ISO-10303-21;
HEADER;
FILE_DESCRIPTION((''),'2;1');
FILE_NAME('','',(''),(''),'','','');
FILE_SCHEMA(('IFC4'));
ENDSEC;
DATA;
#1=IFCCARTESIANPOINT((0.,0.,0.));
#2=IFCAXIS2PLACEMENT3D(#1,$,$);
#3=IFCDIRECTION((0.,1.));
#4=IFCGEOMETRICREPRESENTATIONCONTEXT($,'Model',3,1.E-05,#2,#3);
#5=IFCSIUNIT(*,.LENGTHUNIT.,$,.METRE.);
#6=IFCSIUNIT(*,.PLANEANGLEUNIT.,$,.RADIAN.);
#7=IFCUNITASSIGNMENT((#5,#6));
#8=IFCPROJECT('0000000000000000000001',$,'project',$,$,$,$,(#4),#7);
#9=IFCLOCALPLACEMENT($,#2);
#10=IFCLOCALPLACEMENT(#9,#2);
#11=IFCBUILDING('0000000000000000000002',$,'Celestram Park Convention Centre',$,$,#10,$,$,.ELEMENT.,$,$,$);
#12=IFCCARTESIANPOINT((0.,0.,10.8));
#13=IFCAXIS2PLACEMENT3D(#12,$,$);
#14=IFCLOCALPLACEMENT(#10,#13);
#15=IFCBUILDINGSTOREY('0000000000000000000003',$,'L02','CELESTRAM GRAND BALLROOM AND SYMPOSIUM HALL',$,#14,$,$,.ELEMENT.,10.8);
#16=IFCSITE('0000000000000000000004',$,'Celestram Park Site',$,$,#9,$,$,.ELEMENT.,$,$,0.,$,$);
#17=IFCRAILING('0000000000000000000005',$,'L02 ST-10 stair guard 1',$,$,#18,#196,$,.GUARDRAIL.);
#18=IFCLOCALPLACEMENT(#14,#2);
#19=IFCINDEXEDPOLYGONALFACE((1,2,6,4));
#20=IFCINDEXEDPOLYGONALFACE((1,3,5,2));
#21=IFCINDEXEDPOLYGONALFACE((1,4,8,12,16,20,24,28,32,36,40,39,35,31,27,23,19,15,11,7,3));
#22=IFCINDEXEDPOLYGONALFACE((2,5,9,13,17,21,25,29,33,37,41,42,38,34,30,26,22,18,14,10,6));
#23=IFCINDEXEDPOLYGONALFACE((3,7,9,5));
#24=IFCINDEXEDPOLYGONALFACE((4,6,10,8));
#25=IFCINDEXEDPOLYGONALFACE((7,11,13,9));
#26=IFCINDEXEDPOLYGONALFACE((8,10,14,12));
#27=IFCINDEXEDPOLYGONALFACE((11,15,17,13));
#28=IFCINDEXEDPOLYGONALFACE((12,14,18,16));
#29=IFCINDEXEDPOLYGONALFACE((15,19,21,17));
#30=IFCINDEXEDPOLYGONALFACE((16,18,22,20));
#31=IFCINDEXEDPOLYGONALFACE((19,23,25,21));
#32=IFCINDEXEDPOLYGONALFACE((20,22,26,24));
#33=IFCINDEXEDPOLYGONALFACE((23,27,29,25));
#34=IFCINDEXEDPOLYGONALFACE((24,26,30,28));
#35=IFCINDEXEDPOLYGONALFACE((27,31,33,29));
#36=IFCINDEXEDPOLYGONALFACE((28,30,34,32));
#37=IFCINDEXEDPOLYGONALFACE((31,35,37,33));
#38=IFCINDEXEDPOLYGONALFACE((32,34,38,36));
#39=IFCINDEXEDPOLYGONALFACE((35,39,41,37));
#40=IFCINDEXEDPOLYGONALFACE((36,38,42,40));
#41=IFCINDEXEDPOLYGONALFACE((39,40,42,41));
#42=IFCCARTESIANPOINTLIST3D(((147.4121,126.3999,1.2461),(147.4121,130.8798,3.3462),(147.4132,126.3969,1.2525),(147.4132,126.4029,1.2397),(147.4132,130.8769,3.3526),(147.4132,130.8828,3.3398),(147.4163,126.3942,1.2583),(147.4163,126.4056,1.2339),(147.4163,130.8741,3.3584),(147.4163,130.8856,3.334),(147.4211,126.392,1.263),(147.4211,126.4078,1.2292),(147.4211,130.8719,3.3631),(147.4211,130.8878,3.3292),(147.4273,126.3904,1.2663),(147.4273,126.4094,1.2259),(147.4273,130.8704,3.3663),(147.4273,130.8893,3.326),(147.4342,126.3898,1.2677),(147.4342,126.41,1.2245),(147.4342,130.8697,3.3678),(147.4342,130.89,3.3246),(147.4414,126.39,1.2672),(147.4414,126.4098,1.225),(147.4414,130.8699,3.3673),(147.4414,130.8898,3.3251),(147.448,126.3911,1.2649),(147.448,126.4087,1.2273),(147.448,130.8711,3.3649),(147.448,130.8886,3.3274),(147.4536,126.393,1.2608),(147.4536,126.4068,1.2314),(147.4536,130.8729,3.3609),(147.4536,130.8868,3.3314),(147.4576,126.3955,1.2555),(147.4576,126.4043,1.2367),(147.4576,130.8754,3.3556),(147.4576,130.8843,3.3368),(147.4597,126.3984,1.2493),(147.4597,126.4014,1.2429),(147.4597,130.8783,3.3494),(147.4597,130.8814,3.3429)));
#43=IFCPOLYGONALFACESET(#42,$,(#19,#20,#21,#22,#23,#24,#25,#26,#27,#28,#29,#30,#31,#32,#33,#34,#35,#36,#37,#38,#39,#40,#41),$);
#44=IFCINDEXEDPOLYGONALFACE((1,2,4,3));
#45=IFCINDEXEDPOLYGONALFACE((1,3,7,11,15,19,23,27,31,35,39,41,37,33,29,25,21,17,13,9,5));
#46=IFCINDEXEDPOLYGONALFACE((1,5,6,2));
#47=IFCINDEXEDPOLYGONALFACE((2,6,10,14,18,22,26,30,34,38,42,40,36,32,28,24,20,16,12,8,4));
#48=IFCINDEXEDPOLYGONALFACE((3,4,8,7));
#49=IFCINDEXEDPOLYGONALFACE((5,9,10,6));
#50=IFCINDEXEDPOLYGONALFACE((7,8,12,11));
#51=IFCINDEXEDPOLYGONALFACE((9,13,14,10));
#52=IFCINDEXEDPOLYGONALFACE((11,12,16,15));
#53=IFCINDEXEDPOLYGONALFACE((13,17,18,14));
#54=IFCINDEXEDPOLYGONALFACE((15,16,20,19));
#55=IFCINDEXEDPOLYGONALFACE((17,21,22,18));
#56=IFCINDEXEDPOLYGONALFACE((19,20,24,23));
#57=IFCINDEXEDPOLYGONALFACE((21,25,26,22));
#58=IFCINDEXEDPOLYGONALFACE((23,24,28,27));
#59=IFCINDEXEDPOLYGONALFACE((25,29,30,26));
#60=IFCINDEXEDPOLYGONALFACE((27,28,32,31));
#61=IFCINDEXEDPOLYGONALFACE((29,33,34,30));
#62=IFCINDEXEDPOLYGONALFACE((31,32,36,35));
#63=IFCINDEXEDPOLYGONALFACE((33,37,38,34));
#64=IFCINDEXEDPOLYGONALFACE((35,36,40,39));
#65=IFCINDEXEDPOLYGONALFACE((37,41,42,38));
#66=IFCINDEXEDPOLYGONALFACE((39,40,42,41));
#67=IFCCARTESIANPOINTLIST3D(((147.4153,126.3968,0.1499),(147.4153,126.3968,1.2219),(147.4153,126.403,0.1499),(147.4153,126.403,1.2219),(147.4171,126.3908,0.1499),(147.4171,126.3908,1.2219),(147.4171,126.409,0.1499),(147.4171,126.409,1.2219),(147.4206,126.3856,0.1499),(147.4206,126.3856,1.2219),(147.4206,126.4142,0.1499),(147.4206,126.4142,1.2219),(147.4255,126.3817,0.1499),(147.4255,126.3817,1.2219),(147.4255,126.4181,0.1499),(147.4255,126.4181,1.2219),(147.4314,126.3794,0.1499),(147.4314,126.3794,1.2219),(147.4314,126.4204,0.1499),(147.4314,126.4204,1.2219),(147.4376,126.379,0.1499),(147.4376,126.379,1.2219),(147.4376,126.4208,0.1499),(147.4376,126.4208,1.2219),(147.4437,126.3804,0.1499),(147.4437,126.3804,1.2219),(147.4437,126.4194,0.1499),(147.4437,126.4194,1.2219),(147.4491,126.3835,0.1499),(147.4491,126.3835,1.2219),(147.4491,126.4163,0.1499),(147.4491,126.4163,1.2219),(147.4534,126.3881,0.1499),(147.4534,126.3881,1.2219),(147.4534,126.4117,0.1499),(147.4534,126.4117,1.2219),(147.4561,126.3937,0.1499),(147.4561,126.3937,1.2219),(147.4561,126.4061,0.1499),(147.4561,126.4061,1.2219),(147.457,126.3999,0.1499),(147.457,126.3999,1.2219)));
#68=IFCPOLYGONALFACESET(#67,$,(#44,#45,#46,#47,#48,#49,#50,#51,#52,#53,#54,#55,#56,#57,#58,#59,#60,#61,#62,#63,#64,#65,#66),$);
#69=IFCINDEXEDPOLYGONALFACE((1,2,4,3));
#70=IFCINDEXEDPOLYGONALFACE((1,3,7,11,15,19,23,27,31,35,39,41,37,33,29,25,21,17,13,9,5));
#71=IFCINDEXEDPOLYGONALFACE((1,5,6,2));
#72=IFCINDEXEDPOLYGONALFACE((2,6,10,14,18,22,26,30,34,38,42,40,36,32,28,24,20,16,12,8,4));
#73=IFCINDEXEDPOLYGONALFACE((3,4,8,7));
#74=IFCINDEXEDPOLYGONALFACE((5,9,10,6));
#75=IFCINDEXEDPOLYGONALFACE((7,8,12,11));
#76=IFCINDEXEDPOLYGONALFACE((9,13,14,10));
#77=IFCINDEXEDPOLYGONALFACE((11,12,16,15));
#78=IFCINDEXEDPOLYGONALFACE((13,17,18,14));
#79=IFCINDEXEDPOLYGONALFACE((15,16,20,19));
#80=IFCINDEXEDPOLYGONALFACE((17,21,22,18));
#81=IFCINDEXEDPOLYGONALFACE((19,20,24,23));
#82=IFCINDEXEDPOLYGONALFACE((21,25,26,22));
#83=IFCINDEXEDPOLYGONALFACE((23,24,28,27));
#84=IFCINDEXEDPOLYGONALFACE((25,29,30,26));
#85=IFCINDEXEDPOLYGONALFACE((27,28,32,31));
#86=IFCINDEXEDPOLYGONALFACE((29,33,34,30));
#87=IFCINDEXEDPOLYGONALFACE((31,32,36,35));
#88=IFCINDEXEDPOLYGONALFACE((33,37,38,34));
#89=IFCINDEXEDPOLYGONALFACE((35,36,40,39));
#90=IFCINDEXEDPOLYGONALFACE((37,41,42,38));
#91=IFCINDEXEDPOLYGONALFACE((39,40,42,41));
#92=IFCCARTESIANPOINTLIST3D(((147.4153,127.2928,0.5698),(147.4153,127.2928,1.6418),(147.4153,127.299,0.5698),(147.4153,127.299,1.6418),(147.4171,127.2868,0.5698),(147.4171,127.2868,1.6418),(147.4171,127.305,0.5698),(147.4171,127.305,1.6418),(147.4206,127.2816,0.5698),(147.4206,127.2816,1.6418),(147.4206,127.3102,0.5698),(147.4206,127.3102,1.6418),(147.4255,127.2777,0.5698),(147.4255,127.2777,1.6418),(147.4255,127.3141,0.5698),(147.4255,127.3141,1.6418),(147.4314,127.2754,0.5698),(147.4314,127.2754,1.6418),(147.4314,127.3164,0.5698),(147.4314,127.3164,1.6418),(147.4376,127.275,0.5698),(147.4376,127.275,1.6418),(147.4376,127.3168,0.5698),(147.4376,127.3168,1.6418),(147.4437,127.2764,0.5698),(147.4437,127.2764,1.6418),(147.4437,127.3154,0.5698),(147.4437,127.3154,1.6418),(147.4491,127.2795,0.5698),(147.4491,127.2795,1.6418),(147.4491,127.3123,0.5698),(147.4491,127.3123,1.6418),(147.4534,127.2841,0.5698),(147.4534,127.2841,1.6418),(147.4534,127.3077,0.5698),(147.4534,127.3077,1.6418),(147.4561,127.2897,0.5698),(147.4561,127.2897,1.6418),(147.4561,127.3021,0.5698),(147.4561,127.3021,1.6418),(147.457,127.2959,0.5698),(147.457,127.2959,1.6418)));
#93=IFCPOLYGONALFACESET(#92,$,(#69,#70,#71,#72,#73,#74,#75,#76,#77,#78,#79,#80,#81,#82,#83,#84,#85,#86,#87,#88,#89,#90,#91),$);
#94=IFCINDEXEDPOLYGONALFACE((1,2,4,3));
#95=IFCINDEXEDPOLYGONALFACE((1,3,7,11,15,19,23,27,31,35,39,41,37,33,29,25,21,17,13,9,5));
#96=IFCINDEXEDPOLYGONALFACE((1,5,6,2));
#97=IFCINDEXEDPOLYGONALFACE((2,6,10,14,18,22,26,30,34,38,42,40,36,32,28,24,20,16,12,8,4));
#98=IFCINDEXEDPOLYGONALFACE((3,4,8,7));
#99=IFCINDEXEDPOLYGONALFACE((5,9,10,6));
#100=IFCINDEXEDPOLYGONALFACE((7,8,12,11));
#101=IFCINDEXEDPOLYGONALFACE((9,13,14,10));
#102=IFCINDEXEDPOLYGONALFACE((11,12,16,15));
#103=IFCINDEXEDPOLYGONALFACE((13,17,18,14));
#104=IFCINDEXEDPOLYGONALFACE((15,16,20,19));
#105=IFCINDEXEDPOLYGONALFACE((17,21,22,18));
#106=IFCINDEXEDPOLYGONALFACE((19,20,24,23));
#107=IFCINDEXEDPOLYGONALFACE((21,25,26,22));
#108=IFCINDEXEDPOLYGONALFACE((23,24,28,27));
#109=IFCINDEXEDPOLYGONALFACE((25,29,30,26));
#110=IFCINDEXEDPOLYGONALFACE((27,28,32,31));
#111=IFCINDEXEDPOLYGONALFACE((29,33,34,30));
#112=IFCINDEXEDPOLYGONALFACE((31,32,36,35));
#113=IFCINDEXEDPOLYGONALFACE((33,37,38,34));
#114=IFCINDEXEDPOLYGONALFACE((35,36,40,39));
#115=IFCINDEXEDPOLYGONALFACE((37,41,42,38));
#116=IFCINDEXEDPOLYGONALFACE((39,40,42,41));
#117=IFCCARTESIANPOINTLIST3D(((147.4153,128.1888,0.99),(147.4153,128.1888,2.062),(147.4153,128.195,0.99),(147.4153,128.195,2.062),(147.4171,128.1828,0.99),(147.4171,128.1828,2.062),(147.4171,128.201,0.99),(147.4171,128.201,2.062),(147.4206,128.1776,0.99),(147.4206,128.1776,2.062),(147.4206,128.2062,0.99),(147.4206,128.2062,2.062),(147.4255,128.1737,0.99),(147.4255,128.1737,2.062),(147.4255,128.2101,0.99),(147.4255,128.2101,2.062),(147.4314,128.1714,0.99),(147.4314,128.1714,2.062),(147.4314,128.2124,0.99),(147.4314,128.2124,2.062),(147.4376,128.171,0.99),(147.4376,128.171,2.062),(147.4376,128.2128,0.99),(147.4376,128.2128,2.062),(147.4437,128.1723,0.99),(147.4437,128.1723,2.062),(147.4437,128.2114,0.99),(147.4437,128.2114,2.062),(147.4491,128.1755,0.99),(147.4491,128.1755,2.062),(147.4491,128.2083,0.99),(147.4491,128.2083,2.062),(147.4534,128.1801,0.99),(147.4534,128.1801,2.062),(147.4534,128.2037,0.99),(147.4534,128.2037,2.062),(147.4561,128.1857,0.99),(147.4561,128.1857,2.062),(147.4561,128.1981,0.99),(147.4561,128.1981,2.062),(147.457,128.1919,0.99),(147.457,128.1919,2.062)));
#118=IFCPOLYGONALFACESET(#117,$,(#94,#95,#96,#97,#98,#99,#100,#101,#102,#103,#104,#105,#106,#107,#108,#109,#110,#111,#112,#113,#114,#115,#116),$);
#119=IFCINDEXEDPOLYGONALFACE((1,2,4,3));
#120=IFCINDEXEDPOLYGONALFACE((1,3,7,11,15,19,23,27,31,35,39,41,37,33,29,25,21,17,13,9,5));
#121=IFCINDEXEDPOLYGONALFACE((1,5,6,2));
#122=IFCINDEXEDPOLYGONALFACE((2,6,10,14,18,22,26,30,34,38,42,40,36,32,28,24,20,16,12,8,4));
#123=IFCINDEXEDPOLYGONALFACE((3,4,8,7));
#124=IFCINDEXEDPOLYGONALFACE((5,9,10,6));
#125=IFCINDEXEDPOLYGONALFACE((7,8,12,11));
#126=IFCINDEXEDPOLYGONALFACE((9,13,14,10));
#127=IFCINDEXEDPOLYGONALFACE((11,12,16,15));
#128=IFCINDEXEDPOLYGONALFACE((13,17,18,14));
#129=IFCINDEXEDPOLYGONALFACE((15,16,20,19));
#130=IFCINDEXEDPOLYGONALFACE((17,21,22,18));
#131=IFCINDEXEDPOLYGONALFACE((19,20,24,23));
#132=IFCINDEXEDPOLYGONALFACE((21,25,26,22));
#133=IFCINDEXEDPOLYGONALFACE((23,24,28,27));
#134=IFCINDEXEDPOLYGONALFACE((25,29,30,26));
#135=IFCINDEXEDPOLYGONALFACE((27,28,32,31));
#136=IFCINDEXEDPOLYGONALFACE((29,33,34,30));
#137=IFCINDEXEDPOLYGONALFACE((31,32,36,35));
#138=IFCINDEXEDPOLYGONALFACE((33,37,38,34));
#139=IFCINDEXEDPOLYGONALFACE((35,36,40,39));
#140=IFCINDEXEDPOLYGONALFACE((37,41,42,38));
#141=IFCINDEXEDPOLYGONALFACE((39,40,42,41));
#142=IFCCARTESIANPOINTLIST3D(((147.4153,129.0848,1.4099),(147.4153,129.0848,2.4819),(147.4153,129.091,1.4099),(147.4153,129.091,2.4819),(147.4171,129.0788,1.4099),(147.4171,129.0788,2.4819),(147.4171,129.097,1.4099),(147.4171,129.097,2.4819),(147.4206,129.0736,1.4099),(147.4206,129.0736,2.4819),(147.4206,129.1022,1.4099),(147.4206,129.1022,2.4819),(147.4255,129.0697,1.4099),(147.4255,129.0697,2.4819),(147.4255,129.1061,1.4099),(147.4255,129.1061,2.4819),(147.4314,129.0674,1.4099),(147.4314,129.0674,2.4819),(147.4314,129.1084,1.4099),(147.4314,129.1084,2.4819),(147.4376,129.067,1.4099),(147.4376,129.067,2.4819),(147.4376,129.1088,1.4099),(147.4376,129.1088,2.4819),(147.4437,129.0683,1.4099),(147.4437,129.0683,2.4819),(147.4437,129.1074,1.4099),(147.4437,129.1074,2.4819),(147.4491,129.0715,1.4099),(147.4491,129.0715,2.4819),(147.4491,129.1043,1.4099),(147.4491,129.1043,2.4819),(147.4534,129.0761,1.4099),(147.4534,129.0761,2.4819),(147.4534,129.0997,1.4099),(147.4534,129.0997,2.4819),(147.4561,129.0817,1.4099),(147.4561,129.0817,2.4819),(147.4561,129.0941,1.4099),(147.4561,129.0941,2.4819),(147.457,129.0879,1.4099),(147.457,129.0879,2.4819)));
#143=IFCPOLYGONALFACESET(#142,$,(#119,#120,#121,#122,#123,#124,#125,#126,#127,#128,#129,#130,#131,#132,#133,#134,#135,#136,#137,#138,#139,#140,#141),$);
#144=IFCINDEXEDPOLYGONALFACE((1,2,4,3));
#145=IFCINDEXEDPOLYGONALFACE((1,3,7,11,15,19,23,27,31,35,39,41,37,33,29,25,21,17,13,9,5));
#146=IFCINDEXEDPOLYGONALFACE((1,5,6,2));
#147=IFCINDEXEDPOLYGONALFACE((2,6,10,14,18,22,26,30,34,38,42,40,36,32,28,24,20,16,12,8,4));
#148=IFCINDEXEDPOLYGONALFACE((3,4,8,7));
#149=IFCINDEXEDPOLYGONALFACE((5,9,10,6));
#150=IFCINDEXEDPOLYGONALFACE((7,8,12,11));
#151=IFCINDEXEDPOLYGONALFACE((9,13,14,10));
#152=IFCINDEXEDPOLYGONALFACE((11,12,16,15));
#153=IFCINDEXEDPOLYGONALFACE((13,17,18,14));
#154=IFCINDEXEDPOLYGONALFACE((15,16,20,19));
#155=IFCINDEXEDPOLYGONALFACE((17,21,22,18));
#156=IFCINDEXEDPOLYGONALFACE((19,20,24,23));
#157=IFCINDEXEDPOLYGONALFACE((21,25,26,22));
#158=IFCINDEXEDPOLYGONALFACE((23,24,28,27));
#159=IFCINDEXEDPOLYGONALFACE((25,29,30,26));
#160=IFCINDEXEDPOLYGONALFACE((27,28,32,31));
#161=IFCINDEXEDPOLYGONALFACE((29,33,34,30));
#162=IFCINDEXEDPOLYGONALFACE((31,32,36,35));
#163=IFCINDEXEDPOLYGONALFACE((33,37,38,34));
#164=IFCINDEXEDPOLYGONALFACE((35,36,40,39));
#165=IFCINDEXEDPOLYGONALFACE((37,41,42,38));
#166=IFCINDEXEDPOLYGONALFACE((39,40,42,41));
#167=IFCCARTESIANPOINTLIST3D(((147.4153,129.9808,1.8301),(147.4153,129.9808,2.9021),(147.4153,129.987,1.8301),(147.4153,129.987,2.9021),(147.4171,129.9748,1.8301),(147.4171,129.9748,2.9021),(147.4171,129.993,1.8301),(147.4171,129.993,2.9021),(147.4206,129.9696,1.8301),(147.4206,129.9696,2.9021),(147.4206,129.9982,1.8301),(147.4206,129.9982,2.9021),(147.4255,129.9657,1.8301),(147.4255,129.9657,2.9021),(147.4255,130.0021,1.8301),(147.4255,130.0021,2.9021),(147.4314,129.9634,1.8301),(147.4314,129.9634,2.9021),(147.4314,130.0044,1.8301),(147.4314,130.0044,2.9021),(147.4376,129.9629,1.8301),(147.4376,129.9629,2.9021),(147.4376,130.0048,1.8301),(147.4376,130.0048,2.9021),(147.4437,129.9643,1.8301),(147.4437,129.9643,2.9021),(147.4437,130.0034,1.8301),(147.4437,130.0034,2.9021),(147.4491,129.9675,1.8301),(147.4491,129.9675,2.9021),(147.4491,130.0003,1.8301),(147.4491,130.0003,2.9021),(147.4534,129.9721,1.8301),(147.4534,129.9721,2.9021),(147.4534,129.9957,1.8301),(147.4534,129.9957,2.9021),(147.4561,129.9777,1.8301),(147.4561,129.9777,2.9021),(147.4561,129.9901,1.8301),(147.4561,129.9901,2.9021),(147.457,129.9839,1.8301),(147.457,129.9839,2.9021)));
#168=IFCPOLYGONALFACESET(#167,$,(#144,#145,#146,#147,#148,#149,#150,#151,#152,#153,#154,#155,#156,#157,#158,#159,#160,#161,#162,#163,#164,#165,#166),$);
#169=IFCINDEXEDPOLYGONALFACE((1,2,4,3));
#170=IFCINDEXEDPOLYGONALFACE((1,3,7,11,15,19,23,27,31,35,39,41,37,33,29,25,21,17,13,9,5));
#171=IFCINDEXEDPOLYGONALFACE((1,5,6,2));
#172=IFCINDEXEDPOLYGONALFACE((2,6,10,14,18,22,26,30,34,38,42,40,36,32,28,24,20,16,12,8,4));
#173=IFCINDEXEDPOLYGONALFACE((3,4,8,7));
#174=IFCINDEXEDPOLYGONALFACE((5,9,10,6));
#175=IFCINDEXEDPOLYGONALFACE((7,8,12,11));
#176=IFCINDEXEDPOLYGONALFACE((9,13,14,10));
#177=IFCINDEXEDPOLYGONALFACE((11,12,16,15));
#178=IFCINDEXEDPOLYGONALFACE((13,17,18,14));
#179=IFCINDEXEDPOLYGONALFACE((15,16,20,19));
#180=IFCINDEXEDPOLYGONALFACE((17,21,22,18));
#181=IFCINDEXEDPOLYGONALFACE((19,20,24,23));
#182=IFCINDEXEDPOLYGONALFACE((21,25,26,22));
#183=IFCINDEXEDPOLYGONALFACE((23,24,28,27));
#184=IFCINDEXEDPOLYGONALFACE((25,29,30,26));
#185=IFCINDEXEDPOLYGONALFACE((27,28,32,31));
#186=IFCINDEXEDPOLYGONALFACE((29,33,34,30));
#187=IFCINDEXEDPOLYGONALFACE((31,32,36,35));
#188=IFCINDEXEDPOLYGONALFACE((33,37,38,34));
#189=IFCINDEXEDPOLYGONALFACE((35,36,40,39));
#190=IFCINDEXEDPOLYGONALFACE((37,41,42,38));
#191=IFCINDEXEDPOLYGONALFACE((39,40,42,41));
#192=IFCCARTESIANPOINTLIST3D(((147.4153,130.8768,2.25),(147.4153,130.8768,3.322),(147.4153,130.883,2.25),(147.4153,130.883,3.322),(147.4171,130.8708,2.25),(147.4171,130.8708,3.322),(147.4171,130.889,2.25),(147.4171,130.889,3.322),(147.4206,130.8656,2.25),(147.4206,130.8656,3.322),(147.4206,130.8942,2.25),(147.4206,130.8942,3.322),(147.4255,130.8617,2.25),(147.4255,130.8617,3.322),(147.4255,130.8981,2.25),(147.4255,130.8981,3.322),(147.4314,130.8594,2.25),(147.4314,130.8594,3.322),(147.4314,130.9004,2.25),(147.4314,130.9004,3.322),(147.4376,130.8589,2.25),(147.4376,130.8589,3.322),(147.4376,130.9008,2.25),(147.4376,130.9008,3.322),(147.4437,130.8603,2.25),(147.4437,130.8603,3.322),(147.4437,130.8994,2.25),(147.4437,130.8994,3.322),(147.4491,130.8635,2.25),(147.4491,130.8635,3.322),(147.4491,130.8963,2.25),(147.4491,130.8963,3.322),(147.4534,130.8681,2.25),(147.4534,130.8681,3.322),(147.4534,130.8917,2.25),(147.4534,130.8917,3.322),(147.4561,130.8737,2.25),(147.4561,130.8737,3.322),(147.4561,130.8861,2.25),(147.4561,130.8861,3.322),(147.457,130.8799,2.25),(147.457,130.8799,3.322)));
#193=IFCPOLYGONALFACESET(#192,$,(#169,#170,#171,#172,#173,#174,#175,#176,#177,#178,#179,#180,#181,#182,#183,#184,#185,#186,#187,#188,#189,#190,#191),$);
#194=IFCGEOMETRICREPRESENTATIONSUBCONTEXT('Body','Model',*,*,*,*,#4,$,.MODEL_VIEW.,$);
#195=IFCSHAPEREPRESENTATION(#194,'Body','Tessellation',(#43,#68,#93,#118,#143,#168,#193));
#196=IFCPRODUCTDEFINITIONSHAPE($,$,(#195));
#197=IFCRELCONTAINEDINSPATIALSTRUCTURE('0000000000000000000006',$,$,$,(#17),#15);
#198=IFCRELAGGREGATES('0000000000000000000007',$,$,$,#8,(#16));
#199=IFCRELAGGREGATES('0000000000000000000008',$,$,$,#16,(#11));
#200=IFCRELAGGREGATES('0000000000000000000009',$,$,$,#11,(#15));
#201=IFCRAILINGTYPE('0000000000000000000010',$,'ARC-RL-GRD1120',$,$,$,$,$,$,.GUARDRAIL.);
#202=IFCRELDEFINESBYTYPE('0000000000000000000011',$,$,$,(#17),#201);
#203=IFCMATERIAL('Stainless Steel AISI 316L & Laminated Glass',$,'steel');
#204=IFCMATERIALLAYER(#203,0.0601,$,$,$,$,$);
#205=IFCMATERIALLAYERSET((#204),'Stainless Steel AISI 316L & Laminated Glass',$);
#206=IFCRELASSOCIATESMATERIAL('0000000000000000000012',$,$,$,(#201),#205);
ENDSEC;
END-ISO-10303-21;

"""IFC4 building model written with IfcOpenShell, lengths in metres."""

from ifc_helpers import new_model, si_unit, direction, frame, origin, origin_2d, place, context, subcontext, project, spatial, circle, extrude, material, layer, layer_set, type_object, element, save


model = new_model("IFC4")

# Units and contexts
model_context = context("Model", 3, precision=1e-05, world=origin(), true_north=direction((0.0, 1.0)))
body_context = subcontext(model_context, "Body", "Model", "MODEL_VIEW")
ifc_project = project(units=[si_unit("LENGTHUNIT", "METRE"), si_unit("PLANEANGLEUNIT", "RADIAN")], contexts=[model_context])

# Site, building, storey
site_placement = place(None, origin())
site = spatial("IfcSite", under=ifc_project, at=site_placement, Name="Celestram Park Site", CompositionType="ELEMENT", RefElevation=0.0)
building_placement = place(site_placement, origin())
building = spatial("IfcBuilding", under=site, at=building_placement, Name="Celestram Park Convention Centre", CompositionType="ELEMENT")
storey_placement = place(building_placement, frame((0.0, 0.0, 10.8)))
storey = spatial("IfcBuildingStorey", under=building, at=storey_placement, Name="L02", Description="CELESTRAM GRAND BALLROOM AND SYMPOSIUM HALL", CompositionType="ELEMENT", Elevation=10.8)

# Railing
ifc_material_1 = material(Name="Stainless Steel AISI 316L & Laminated Glass", Category="steel")
ifc_layer_1 = layer(ifc_material_1, 0.0601)
ifc_layer_set_1 = layer_set([ifc_layer_1], Name="Stainless Steel AISI 316L & Laminated Glass")
railing_type_1 = type_object("IfcRailingType", Name="ARC-RL-GRD1120", PredefinedType="GUARDRAIL", material=ifc_layer_set_1)
railing_1_placement = place(storey_placement, frame((147.436, 126.3999, 0.1499)))
element("IfcRailing", 1, at=railing_1_placement, inside=storey, type_object=railing_type_1, Name="L02 ST-10 stair guard 1", PredefinedType="GUARDRAIL", context=body_context, shape_type="SweptSolid", body=[
    extrude(circle(Radius=0.0239, at=origin_2d()), frame((0.0, 0.0, 1.0962), z_axis=(0.0, 0.905451, 0.424452), x_axis=(-1.0, 0.0, 0.0)), (0.0, 0.0, 1.0), 4.9478),
    extrude(circle(Radius=0.021, at=origin_2d()), origin(), (0.0, 0.0, 1.0), 1.072),
    extrude(circle(Radius=0.021, at=origin_2d()), frame((0.0, 0.896, 0.4199)), (0.0, 0.0, 1.0), 1.072),
    extrude(circle(Radius=0.021, at=origin_2d()), frame((0.0, 1.792, 0.8401)), (0.0, 0.0, 1.0), 1.072),
    extrude(circle(Radius=0.021, at=origin_2d()), frame((0.0, 2.688, 1.26)), (0.0, 0.0, 1.0), 1.072),
    extrude(circle(Radius=0.021, at=origin_2d()), frame((0.0, 3.584, 1.6802)), (0.0, 0.0, 1.0), 1.072),
    extrude(circle(Radius=0.021, at=origin_2d()), frame((0.0, 4.48, 2.1001)), (0.0, 0.0, 1.0), 1.072),
])

save(model, "model.ifc")
